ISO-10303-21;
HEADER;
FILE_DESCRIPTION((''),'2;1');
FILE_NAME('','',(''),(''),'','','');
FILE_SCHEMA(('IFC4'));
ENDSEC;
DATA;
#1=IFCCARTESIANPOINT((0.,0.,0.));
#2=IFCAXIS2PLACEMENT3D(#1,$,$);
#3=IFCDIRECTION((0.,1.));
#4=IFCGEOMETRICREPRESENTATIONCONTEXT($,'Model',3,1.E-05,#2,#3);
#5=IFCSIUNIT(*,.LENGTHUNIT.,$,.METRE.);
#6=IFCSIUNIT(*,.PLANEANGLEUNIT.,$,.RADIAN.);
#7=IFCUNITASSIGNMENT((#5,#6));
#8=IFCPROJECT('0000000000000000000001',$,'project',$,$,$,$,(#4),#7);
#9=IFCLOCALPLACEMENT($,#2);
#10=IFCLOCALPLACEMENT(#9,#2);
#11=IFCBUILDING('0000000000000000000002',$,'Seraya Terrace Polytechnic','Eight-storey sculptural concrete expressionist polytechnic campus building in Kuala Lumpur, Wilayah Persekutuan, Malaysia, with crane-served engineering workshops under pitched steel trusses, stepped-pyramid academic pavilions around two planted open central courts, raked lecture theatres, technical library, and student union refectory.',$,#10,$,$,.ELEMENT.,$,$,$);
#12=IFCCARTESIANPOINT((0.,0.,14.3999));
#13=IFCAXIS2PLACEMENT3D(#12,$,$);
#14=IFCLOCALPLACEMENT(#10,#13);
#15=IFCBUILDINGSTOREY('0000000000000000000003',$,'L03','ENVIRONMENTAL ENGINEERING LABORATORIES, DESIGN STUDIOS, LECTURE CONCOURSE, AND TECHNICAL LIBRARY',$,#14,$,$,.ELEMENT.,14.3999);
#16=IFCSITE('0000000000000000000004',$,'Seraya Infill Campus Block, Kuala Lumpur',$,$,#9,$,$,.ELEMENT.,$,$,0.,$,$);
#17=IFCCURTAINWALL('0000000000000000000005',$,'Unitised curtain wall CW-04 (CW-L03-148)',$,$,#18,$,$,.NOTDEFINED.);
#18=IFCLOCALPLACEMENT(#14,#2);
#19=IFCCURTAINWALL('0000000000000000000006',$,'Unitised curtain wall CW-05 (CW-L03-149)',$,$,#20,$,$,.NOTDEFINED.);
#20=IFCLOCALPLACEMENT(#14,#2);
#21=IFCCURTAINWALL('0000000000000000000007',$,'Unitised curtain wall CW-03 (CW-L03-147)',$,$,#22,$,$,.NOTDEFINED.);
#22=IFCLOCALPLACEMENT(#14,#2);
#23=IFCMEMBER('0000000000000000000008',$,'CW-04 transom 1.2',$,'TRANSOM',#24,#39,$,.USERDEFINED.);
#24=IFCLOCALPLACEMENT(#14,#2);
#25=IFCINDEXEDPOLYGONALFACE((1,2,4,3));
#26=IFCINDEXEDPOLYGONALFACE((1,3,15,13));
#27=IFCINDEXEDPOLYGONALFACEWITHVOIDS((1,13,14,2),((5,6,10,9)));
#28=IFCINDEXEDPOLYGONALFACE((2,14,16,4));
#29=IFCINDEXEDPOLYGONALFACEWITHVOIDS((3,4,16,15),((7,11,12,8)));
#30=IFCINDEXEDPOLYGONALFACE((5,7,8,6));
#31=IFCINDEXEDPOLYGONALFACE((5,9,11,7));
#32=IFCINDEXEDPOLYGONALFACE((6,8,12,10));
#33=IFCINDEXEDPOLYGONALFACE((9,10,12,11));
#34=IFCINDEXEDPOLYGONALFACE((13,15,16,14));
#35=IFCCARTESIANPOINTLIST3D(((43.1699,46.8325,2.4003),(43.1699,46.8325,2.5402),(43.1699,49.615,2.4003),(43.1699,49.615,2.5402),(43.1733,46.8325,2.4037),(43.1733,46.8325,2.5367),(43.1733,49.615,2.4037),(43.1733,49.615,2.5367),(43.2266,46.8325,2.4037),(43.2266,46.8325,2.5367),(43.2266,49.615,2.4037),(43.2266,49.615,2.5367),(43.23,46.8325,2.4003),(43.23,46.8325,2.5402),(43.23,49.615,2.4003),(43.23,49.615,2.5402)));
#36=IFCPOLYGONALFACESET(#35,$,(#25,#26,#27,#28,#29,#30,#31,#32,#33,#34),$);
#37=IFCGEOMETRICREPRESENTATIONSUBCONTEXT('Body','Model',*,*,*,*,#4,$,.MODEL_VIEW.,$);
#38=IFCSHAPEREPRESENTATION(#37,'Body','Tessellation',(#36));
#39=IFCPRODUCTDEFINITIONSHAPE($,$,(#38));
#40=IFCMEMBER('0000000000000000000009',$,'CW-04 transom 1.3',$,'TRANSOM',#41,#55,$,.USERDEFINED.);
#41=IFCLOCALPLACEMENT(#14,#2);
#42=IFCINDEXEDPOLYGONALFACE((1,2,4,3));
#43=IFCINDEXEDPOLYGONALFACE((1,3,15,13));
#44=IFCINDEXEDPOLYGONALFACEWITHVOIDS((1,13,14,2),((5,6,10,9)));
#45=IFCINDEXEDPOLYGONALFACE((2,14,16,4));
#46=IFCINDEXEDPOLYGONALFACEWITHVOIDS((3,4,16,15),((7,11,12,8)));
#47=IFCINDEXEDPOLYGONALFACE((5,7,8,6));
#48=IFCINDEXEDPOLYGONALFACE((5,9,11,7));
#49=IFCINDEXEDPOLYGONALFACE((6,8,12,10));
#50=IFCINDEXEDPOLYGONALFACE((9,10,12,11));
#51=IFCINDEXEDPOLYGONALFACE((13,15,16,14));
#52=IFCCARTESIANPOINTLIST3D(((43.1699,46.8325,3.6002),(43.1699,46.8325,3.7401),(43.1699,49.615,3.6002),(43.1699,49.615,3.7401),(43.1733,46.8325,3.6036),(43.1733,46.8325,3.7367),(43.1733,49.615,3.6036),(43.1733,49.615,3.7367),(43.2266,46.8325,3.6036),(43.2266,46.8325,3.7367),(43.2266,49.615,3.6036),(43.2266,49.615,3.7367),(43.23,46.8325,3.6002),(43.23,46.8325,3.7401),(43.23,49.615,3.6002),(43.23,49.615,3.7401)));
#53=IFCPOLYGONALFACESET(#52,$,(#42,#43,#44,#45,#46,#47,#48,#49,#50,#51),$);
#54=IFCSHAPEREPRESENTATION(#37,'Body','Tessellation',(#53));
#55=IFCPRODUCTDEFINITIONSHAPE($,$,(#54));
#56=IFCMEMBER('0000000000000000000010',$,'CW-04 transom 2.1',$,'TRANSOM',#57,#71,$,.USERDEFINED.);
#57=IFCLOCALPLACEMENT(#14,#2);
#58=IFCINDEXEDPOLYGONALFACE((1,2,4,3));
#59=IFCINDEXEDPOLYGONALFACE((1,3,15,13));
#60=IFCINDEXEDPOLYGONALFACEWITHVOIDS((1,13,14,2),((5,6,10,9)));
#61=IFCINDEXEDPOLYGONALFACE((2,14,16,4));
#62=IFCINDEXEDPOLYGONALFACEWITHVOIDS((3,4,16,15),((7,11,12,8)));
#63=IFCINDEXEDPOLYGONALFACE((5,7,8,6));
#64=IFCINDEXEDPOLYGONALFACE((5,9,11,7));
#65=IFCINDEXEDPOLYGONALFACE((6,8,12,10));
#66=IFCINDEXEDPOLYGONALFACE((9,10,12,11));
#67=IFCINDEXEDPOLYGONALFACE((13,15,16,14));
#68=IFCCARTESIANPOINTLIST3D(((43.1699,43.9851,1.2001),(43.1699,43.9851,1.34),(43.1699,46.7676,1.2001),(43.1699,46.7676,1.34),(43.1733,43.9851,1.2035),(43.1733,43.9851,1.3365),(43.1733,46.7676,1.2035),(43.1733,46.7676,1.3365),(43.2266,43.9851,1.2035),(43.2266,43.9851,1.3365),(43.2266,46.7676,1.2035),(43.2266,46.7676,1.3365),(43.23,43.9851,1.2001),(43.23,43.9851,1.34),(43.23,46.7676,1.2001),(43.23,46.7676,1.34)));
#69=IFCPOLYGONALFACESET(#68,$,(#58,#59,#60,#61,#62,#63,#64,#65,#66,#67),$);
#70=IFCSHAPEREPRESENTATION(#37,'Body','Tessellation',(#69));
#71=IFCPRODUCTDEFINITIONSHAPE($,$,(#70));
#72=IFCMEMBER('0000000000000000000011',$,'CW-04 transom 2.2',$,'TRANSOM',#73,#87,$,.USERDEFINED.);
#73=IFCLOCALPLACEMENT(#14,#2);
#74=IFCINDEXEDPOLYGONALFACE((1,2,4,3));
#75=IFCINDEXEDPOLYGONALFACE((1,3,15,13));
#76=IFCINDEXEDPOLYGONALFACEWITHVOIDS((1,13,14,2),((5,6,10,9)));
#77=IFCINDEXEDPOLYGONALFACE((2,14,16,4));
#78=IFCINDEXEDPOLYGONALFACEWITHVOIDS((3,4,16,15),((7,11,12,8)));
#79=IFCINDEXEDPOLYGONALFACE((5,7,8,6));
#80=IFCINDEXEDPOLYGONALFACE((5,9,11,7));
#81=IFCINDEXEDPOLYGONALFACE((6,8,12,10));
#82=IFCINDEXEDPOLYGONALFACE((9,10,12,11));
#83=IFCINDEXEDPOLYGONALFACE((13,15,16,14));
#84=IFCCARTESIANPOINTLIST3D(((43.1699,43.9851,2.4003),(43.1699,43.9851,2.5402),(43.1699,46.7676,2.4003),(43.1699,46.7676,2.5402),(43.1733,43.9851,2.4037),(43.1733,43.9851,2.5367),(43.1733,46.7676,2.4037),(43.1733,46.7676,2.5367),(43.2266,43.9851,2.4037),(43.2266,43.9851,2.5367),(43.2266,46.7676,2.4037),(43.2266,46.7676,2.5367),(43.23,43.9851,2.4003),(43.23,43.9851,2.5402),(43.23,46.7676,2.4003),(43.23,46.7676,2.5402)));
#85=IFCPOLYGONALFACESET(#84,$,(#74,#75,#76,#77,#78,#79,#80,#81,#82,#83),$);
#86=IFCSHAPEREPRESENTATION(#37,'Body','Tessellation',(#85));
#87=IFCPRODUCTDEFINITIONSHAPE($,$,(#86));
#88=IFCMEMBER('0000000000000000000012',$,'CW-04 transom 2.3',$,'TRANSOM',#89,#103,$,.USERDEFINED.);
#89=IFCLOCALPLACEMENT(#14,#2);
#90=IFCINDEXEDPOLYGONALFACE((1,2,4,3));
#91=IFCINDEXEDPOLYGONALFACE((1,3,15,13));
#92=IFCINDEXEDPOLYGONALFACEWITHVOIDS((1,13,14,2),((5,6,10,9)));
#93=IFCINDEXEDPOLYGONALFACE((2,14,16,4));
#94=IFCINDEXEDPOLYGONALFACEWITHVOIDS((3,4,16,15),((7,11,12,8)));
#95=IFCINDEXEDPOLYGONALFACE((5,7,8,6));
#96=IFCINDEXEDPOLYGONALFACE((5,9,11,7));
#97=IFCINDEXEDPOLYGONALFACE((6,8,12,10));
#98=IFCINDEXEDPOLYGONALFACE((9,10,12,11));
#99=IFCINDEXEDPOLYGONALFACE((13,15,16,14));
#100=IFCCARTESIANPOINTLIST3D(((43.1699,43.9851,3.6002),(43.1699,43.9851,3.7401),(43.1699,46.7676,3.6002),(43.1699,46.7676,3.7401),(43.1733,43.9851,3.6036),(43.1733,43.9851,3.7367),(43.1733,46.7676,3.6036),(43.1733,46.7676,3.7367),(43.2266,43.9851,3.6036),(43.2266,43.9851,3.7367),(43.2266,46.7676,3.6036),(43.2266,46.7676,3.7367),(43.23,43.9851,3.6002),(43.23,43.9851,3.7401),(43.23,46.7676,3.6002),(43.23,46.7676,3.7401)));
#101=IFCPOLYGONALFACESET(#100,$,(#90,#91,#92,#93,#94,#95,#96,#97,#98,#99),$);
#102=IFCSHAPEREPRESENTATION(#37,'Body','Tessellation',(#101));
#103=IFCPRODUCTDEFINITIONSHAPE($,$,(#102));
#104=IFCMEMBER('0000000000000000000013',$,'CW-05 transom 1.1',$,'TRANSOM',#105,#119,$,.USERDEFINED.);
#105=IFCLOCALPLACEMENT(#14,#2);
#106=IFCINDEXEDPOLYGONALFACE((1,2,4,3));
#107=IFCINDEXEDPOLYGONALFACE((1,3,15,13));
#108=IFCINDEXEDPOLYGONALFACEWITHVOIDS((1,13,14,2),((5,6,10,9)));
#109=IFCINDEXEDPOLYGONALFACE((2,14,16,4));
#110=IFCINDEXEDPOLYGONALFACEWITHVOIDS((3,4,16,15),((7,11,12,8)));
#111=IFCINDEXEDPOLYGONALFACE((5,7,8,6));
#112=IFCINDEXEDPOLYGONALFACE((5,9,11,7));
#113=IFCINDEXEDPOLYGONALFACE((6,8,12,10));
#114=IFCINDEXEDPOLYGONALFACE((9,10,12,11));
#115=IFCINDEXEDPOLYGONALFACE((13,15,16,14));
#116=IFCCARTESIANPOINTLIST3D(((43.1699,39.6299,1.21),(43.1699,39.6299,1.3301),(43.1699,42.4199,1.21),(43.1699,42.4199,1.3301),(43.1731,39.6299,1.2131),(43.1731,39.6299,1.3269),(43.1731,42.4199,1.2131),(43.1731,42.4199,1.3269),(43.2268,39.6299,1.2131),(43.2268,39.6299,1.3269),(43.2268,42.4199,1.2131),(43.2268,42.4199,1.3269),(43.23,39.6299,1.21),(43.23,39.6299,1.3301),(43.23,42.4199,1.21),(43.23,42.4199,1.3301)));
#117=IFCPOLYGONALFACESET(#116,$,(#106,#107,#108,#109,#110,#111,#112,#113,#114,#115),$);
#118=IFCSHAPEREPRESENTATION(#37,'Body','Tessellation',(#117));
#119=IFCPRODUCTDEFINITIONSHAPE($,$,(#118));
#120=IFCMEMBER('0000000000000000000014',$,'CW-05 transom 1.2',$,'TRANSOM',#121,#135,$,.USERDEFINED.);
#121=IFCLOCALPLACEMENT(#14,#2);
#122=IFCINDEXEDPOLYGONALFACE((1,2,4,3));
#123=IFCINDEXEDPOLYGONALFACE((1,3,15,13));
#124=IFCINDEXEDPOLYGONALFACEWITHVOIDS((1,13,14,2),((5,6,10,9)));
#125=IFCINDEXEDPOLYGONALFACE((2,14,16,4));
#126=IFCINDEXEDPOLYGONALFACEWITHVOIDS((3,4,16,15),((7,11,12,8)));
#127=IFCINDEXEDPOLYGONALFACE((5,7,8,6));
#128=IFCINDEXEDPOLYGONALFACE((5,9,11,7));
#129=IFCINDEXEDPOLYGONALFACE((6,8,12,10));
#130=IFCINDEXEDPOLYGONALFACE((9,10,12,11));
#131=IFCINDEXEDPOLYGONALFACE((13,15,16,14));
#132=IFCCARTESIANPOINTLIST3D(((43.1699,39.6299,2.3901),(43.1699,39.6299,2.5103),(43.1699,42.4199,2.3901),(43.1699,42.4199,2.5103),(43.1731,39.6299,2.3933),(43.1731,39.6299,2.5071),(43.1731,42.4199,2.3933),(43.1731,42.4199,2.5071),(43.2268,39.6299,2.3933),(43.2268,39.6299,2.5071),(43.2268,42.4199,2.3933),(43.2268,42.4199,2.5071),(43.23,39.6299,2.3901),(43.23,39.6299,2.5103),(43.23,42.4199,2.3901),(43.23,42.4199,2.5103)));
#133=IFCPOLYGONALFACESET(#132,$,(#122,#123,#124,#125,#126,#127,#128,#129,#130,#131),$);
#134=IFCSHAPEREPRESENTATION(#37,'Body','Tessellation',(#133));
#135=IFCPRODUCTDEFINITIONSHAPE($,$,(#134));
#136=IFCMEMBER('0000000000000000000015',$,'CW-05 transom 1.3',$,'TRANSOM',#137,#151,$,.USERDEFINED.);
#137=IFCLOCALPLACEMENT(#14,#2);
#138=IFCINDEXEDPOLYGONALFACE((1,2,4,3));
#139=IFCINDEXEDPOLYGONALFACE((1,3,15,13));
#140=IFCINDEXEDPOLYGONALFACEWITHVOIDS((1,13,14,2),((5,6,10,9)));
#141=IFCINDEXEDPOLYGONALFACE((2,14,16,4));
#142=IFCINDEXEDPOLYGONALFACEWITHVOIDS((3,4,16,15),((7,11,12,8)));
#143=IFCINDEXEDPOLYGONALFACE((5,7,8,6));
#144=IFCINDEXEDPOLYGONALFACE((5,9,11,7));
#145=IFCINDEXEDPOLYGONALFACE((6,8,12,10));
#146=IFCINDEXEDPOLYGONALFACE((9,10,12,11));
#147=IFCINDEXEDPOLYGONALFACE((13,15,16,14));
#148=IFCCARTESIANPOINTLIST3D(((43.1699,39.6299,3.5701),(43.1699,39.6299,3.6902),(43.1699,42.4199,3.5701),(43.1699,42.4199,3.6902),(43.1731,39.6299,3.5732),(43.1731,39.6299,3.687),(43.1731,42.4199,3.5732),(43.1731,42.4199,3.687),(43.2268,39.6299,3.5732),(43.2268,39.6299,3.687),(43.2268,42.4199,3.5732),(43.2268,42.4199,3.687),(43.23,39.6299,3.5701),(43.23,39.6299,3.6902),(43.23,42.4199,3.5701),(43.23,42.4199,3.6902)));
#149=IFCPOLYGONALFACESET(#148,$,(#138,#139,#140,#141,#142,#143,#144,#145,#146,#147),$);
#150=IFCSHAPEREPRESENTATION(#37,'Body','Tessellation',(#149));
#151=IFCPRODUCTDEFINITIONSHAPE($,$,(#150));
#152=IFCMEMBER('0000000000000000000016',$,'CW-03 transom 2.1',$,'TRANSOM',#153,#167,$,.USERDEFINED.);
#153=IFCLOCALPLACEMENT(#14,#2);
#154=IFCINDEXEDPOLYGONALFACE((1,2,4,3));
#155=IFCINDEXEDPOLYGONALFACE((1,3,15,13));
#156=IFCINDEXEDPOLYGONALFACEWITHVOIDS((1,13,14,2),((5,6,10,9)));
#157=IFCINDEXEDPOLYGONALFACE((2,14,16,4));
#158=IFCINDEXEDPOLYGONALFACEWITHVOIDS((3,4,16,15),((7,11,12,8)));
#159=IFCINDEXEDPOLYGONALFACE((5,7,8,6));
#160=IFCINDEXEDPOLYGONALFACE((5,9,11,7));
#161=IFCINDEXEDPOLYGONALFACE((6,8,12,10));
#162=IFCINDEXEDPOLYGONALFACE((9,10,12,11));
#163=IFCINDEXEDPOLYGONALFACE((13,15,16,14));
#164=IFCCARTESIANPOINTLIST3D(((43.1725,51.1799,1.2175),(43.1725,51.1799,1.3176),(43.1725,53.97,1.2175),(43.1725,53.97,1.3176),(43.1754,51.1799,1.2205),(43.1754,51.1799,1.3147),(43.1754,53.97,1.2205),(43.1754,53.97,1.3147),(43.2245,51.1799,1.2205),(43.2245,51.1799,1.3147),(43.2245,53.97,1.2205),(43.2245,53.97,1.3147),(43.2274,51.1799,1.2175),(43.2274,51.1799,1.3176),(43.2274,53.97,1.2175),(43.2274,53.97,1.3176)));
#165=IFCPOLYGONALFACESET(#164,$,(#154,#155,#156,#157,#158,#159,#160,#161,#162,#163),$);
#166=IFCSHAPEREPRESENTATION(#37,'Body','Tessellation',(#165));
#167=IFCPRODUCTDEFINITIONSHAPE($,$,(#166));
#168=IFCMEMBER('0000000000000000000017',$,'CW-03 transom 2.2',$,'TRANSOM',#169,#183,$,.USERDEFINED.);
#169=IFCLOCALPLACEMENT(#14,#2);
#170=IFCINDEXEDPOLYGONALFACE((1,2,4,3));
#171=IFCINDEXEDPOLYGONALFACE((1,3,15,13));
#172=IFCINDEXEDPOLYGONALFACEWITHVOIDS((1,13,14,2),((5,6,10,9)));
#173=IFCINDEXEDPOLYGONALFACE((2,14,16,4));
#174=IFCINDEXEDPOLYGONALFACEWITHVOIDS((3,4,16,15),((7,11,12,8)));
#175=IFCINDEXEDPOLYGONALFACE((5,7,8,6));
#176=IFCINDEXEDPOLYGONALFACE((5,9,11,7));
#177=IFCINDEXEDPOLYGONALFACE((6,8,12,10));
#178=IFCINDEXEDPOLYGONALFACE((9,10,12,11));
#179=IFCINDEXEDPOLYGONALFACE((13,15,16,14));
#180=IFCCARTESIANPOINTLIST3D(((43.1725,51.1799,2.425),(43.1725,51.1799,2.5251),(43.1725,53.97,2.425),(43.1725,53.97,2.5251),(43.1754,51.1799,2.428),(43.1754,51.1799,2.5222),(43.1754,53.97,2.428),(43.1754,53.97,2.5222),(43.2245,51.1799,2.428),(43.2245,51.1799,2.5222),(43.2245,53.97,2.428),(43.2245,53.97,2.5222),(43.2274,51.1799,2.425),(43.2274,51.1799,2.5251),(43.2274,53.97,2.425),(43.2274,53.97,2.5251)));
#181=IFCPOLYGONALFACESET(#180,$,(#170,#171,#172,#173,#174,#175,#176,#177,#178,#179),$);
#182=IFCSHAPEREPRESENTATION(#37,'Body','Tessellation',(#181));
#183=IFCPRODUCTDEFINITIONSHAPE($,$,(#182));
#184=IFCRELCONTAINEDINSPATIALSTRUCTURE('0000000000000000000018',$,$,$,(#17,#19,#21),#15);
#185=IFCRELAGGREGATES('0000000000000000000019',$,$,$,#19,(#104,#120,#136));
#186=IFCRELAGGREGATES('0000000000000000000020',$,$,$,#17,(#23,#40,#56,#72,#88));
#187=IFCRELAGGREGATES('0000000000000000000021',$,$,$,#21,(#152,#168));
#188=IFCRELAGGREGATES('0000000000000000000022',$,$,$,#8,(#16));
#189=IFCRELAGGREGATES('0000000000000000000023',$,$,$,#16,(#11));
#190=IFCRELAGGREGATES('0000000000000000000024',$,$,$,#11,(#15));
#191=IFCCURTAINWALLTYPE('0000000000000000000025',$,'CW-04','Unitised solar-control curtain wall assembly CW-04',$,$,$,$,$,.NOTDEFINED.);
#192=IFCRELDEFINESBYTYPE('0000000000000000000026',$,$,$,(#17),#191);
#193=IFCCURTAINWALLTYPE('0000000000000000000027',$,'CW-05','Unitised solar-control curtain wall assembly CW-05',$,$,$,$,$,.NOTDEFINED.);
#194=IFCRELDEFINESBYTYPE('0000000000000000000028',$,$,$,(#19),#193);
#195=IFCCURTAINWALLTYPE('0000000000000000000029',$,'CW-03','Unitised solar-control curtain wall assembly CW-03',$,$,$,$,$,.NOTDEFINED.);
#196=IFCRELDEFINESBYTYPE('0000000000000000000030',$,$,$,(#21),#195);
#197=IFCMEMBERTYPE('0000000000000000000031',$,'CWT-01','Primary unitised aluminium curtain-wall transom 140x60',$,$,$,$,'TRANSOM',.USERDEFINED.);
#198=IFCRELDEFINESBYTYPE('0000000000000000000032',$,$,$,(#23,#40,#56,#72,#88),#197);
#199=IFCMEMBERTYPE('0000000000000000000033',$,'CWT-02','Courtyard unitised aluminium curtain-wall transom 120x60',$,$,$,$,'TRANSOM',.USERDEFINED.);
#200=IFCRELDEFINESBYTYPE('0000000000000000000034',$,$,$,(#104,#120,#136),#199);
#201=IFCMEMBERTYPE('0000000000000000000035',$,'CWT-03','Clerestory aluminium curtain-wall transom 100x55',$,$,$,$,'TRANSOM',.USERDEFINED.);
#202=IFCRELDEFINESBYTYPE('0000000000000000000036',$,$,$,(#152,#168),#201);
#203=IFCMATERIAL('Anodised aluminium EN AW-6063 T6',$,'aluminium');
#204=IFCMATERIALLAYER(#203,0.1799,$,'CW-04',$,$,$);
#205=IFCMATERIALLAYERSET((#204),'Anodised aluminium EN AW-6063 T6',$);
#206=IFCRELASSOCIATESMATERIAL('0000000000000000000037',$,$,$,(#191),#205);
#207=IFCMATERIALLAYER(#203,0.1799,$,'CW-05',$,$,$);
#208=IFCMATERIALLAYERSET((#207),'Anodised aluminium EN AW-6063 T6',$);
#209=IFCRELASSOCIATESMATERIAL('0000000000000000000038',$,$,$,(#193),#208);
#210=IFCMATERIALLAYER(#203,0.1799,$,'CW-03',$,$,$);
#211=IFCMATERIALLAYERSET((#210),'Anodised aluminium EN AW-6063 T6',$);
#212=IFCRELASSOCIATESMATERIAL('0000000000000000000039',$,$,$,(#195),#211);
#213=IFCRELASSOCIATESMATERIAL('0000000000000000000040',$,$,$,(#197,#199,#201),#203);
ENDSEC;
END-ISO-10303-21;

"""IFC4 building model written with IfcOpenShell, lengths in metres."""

from ifc_helpers import new_model, si_unit, direction, frame, origin, origin_2d, place, context, subcontext, project, spatial, hollow_rectangle, extrude, material, layer, layer_set, material_profile, profile_set, type_object, element, aggregate, save


model = new_model("IFC4")

# Units and contexts
model_context = context("Model", 3, precision=1e-05, world=origin(), true_north=direction((0.0, 1.0)))
body_context = subcontext(model_context, "Body", "Model", "MODEL_VIEW")
ifc_project = project(units=[si_unit("LENGTHUNIT", "METRE"), si_unit("PLANEANGLEUNIT", "RADIAN")], contexts=[model_context])

# Site, building, storey
site_placement = place(None, origin())
site = spatial("IfcSite", under=ifc_project, at=site_placement, Name="Seraya Infill Campus Block, Kuala Lumpur", CompositionType="ELEMENT", RefElevation=0.0)
building_placement = place(site_placement, origin())
building = spatial("IfcBuilding", under=site, at=building_placement, Name="Seraya Terrace Polytechnic", Description="Eight-storey sculptural concrete expressionist polytechnic campus building in Kuala Lumpur, Wilayah Persekutuan, Malaysia, with crane-served engineering workshops under pitched steel trusses, stepped-pyramid academic pavilions around two planted open central courts, raked lecture theatres, technical library, and student union refectory.", CompositionType="ELEMENT")
storey_placement = place(building_placement, frame((0.0, 0.0, 14.3999)))
storey = spatial("IfcBuildingStorey", under=building, at=storey_placement, Name="L03", Description="ENVIRONMENTAL ENGINEERING LABORATORIES, DESIGN STUDIOS, LECTURE CONCOURSE, AND TECHNICAL LIBRARY", CompositionType="ELEMENT", Elevation=14.3999)

# Curtain wall
ifc_material_1 = material(Name="Anodised aluminium EN AW-6063 T6", Category="aluminium")
ifc_layer_1 = layer(ifc_material_1, 0.1799, Name="CW-04")
ifc_layer_set_1 = layer_set([ifc_layer_1], Name="Anodised aluminium EN AW-6063 T6")
curtain_wall_type_1 = type_object("IfcCurtainWallType", Name="CW-04", Description="Unitised solar-control curtain wall assembly CW-04", PredefinedType="NOTDEFINED", material=ifc_layer_set_1)
curtain_wall_1_placement = place(storey_placement, origin())
curtain_wall_1 = element("IfcCurtainWall", 1, at=curtain_wall_1_placement, inside=storey, type_object=curtain_wall_type_1, Name="Unitised curtain wall CW-04 (CW-L03-148)", PredefinedType="NOTDEFINED")

# Curtain wall
ifc_layer_2 = layer(ifc_material_1, 0.1799, Name="CW-05")
ifc_layer_set_2 = layer_set([ifc_layer_2], Name="Anodised aluminium EN AW-6063 T6")
curtain_wall_type_2 = type_object("IfcCurtainWallType", Name="CW-05", Description="Unitised solar-control curtain wall assembly CW-05", PredefinedType="NOTDEFINED", material=ifc_layer_set_2)
curtain_wall_2_placement = place(storey_placement, origin())
curtain_wall_2 = element("IfcCurtainWall", 2, at=curtain_wall_2_placement, inside=storey, type_object=curtain_wall_type_2, Name="Unitised curtain wall CW-05 (CW-L03-149)", PredefinedType="NOTDEFINED")

# Curtain wall
ifc_layer_3 = layer(ifc_material_1, 0.1799, Name="CW-03")
ifc_layer_set_3 = layer_set([ifc_layer_3], Name="Anodised aluminium EN AW-6063 T6")
curtain_wall_type_3 = type_object("IfcCurtainWallType", Name="CW-03", Description="Unitised solar-control curtain wall assembly CW-03", PredefinedType="NOTDEFINED", material=ifc_layer_set_3)
curtain_wall_3_placement = place(storey_placement, origin())
curtain_wall_3 = element("IfcCurtainWall", 3, at=curtain_wall_3_placement, inside=storey, type_object=curtain_wall_type_3, Name="Unitised curtain wall CW-03 (CW-L03-147)", PredefinedType="NOTDEFINED")

# Members
ifc_material_profile_1 = material_profile(ifc_material_1, hollow_rectangle(XDim=0.0601, YDim=0.1399, WallThickness=0.0034, at=origin_2d()), Name="RHS 140x60x3.5")
ifc_profile_set_1 = profile_set([ifc_material_profile_1], Name="Anodised aluminium EN AW-6063 T6")
member_type_1 = type_object("IfcMemberType", Name="CWT-01", Description="Primary unitised aluminium curtain-wall transom 140x60", ElementType="TRANSOM", PredefinedType="USERDEFINED", material=ifc_profile_set_1)
member_1_placement = place(storey_placement, frame((43.2, 49.615, 2.4702), z_axis=(0.0, -1.0, 0.0), x_axis=(1.0, 0.0, 0.0)))
member_1 = element("IfcMember", 4, at=member_1_placement, type_object=member_type_1, Name="CW-04 transom 1.2", ObjectType="TRANSOM", PredefinedType="USERDEFINED", context=body_context, shape_type="SweptSolid", body=[
    extrude(hollow_rectangle(XDim=0.0601, YDim=0.1399, WallThickness=0.0034, at=origin_2d()), origin(), (0.0, 0.0, 1.0), 2.7825),
])
member_2_placement = place(storey_placement, frame((43.2, 49.615, 3.6702), z_axis=(0.0, -1.0, 0.0), x_axis=(1.0, 0.0, 0.0)))
member_2 = element("IfcMember", 5, at=member_2_placement, type_object=member_type_1, Name="CW-04 transom 1.3", ObjectType="TRANSOM", PredefinedType="USERDEFINED", context=body_context, shape_type="SweptSolid", body=[
    extrude(hollow_rectangle(XDim=0.0601, YDim=0.1399, WallThickness=0.0034, at=origin_2d()), origin(), (0.0, 0.0, 1.0), 2.7825),
])
member_3_placement = place(storey_placement, frame((43.2, 46.7676, 1.27), z_axis=(0.0, -1.0, 0.0), x_axis=(1.0, 0.0, 0.0)))
member_3 = element("IfcMember", 6, at=member_3_placement, type_object=member_type_1, Name="CW-04 transom 2.1", ObjectType="TRANSOM", PredefinedType="USERDEFINED", context=body_context, shape_type="SweptSolid", body=[
    extrude(hollow_rectangle(XDim=0.0601, YDim=0.1399, WallThickness=0.0034, at=origin_2d()), origin(), (0.0, 0.0, 1.0), 2.7825),
])
member_4_placement = place(storey_placement, frame((43.2, 46.7676, 2.4702), z_axis=(0.0, -1.0, 0.0), x_axis=(1.0, 0.0, 0.0)))
member_4 = element("IfcMember", 7, at=member_4_placement, type_object=member_type_1, Name="CW-04 transom 2.2", ObjectType="TRANSOM", PredefinedType="USERDEFINED", context=body_context, shape_type="SweptSolid", body=[
    extrude(hollow_rectangle(XDim=0.0601, YDim=0.1399, WallThickness=0.0034, at=origin_2d()), origin(), (0.0, 0.0, 1.0), 2.7825),
])
member_5_placement = place(storey_placement, frame((43.2, 46.7676, 3.6702), z_axis=(0.0, -1.0, 0.0), x_axis=(1.0, 0.0, 0.0)))
member_5 = element("IfcMember", 8, at=member_5_placement, type_object=member_type_1, Name="CW-04 transom 2.3", ObjectType="TRANSOM", PredefinedType="USERDEFINED", context=body_context, shape_type="SweptSolid", body=[
    extrude(hollow_rectangle(XDim=0.0601, YDim=0.1399, WallThickness=0.0034, at=origin_2d()), origin(), (0.0, 0.0, 1.0), 2.7825),
])
ifc_material_profile_2 = material_profile(ifc_material_1, hollow_rectangle(XDim=0.0601, YDim=0.1201, WallThickness=0.0032, at=origin_2d()), Name="RHS 120x60x3.2")
ifc_profile_set_2 = profile_set([ifc_material_profile_2], Name="Anodised aluminium EN AW-6063 T6")
member_type_2 = type_object("IfcMemberType", Name="CWT-02", Description="Courtyard unitised aluminium curtain-wall transom 120x60", ElementType="TRANSOM", PredefinedType="USERDEFINED", material=ifc_profile_set_2)
member_6_placement = place(storey_placement, frame((43.2, 42.4199, 1.27), z_axis=(0.0, -1.0, 0.0), x_axis=(1.0, 0.0, 0.0)))
member_6 = element("IfcMember", 9, at=member_6_placement, type_object=member_type_2, Name="CW-05 transom 1.1", ObjectType="TRANSOM", PredefinedType="USERDEFINED", context=body_context, shape_type="SweptSolid", body=[
    extrude(hollow_rectangle(XDim=0.0601, YDim=0.1201, WallThickness=0.0032, at=origin_2d()), origin(), (0.0, 0.0, 1.0), 2.79),
])
member_7_placement = place(storey_placement, frame((43.2, 42.4199, 2.4502), z_axis=(0.0, -1.0, 0.0), x_axis=(1.0, 0.0, 0.0)))
member_7 = element("IfcMember", 10, at=member_7_placement, type_object=member_type_2, Name="CW-05 transom 1.2", ObjectType="TRANSOM", PredefinedType="USERDEFINED", context=body_context, shape_type="SweptSolid", body=[
    extrude(hollow_rectangle(XDim=0.0601, YDim=0.1201, WallThickness=0.0032, at=origin_2d()), origin(), (0.0, 0.0, 1.0), 2.79),
])
member_8_placement = place(storey_placement, frame((43.2, 42.4199, 3.6301), z_axis=(0.0, -1.0, 0.0), x_axis=(1.0, 0.0, 0.0)))
member_8 = element("IfcMember", 11, at=member_8_placement, type_object=member_type_2, Name="CW-05 transom 1.3", ObjectType="TRANSOM", PredefinedType="USERDEFINED", context=body_context, shape_type="SweptSolid", body=[
    extrude(hollow_rectangle(XDim=0.0601, YDim=0.1201, WallThickness=0.0032, at=origin_2d()), origin(), (0.0, 0.0, 1.0), 2.79),
])
aggregate(curtain_wall_2, [member_6, member_7, member_8])
ifc_material_profile_3 = material_profile(ifc_material_1, hollow_rectangle(XDim=0.0549, YDim=0.1001, WallThickness=0.0029, at=origin_2d()), Name="RHS 100x55x3.0")
ifc_profile_set_3 = profile_set([ifc_material_profile_3], Name="Anodised aluminium EN AW-6063 T6")
member_type_3 = type_object("IfcMemberType", Name="CWT-03", Description="Clerestory aluminium curtain-wall transom 100x55", ElementType="TRANSOM", PredefinedType="USERDEFINED", material=ifc_profile_set_3)
member_9_placement = place(storey_placement, frame((43.2, 53.97, 1.2676), z_axis=(0.0, -1.0, 0.0), x_axis=(1.0, 0.0, 0.0)))
member_9 = element("IfcMember", 12, at=member_9_placement, type_object=member_type_3, Name="CW-03 transom 2.1", ObjectType="TRANSOM", PredefinedType="USERDEFINED", context=body_context, shape_type="SweptSolid", body=[
    extrude(hollow_rectangle(XDim=0.0549, YDim=0.1001, WallThickness=0.0029, at=origin_2d()), origin(), (0.0, 0.0, 1.0), 2.79),
])
member_10_placement = place(storey_placement, frame((43.2, 53.97, 2.4751), z_axis=(0.0, -1.0, 0.0), x_axis=(1.0, 0.0, 0.0)))
member_10 = element("IfcMember", 13, at=member_10_placement, type_object=member_type_3, Name="CW-03 transom 2.2", ObjectType="TRANSOM", PredefinedType="USERDEFINED", context=body_context, shape_type="SweptSolid", body=[
    extrude(hollow_rectangle(XDim=0.0549, YDim=0.1001, WallThickness=0.0029, at=origin_2d()), origin(), (0.0, 0.0, 1.0), 2.79),
])

aggregate(curtain_wall_1, [member_1, member_2, member_3, member_4, member_5])
aggregate(curtain_wall_3, [member_9, member_10])

save(model, "model.ifc")
